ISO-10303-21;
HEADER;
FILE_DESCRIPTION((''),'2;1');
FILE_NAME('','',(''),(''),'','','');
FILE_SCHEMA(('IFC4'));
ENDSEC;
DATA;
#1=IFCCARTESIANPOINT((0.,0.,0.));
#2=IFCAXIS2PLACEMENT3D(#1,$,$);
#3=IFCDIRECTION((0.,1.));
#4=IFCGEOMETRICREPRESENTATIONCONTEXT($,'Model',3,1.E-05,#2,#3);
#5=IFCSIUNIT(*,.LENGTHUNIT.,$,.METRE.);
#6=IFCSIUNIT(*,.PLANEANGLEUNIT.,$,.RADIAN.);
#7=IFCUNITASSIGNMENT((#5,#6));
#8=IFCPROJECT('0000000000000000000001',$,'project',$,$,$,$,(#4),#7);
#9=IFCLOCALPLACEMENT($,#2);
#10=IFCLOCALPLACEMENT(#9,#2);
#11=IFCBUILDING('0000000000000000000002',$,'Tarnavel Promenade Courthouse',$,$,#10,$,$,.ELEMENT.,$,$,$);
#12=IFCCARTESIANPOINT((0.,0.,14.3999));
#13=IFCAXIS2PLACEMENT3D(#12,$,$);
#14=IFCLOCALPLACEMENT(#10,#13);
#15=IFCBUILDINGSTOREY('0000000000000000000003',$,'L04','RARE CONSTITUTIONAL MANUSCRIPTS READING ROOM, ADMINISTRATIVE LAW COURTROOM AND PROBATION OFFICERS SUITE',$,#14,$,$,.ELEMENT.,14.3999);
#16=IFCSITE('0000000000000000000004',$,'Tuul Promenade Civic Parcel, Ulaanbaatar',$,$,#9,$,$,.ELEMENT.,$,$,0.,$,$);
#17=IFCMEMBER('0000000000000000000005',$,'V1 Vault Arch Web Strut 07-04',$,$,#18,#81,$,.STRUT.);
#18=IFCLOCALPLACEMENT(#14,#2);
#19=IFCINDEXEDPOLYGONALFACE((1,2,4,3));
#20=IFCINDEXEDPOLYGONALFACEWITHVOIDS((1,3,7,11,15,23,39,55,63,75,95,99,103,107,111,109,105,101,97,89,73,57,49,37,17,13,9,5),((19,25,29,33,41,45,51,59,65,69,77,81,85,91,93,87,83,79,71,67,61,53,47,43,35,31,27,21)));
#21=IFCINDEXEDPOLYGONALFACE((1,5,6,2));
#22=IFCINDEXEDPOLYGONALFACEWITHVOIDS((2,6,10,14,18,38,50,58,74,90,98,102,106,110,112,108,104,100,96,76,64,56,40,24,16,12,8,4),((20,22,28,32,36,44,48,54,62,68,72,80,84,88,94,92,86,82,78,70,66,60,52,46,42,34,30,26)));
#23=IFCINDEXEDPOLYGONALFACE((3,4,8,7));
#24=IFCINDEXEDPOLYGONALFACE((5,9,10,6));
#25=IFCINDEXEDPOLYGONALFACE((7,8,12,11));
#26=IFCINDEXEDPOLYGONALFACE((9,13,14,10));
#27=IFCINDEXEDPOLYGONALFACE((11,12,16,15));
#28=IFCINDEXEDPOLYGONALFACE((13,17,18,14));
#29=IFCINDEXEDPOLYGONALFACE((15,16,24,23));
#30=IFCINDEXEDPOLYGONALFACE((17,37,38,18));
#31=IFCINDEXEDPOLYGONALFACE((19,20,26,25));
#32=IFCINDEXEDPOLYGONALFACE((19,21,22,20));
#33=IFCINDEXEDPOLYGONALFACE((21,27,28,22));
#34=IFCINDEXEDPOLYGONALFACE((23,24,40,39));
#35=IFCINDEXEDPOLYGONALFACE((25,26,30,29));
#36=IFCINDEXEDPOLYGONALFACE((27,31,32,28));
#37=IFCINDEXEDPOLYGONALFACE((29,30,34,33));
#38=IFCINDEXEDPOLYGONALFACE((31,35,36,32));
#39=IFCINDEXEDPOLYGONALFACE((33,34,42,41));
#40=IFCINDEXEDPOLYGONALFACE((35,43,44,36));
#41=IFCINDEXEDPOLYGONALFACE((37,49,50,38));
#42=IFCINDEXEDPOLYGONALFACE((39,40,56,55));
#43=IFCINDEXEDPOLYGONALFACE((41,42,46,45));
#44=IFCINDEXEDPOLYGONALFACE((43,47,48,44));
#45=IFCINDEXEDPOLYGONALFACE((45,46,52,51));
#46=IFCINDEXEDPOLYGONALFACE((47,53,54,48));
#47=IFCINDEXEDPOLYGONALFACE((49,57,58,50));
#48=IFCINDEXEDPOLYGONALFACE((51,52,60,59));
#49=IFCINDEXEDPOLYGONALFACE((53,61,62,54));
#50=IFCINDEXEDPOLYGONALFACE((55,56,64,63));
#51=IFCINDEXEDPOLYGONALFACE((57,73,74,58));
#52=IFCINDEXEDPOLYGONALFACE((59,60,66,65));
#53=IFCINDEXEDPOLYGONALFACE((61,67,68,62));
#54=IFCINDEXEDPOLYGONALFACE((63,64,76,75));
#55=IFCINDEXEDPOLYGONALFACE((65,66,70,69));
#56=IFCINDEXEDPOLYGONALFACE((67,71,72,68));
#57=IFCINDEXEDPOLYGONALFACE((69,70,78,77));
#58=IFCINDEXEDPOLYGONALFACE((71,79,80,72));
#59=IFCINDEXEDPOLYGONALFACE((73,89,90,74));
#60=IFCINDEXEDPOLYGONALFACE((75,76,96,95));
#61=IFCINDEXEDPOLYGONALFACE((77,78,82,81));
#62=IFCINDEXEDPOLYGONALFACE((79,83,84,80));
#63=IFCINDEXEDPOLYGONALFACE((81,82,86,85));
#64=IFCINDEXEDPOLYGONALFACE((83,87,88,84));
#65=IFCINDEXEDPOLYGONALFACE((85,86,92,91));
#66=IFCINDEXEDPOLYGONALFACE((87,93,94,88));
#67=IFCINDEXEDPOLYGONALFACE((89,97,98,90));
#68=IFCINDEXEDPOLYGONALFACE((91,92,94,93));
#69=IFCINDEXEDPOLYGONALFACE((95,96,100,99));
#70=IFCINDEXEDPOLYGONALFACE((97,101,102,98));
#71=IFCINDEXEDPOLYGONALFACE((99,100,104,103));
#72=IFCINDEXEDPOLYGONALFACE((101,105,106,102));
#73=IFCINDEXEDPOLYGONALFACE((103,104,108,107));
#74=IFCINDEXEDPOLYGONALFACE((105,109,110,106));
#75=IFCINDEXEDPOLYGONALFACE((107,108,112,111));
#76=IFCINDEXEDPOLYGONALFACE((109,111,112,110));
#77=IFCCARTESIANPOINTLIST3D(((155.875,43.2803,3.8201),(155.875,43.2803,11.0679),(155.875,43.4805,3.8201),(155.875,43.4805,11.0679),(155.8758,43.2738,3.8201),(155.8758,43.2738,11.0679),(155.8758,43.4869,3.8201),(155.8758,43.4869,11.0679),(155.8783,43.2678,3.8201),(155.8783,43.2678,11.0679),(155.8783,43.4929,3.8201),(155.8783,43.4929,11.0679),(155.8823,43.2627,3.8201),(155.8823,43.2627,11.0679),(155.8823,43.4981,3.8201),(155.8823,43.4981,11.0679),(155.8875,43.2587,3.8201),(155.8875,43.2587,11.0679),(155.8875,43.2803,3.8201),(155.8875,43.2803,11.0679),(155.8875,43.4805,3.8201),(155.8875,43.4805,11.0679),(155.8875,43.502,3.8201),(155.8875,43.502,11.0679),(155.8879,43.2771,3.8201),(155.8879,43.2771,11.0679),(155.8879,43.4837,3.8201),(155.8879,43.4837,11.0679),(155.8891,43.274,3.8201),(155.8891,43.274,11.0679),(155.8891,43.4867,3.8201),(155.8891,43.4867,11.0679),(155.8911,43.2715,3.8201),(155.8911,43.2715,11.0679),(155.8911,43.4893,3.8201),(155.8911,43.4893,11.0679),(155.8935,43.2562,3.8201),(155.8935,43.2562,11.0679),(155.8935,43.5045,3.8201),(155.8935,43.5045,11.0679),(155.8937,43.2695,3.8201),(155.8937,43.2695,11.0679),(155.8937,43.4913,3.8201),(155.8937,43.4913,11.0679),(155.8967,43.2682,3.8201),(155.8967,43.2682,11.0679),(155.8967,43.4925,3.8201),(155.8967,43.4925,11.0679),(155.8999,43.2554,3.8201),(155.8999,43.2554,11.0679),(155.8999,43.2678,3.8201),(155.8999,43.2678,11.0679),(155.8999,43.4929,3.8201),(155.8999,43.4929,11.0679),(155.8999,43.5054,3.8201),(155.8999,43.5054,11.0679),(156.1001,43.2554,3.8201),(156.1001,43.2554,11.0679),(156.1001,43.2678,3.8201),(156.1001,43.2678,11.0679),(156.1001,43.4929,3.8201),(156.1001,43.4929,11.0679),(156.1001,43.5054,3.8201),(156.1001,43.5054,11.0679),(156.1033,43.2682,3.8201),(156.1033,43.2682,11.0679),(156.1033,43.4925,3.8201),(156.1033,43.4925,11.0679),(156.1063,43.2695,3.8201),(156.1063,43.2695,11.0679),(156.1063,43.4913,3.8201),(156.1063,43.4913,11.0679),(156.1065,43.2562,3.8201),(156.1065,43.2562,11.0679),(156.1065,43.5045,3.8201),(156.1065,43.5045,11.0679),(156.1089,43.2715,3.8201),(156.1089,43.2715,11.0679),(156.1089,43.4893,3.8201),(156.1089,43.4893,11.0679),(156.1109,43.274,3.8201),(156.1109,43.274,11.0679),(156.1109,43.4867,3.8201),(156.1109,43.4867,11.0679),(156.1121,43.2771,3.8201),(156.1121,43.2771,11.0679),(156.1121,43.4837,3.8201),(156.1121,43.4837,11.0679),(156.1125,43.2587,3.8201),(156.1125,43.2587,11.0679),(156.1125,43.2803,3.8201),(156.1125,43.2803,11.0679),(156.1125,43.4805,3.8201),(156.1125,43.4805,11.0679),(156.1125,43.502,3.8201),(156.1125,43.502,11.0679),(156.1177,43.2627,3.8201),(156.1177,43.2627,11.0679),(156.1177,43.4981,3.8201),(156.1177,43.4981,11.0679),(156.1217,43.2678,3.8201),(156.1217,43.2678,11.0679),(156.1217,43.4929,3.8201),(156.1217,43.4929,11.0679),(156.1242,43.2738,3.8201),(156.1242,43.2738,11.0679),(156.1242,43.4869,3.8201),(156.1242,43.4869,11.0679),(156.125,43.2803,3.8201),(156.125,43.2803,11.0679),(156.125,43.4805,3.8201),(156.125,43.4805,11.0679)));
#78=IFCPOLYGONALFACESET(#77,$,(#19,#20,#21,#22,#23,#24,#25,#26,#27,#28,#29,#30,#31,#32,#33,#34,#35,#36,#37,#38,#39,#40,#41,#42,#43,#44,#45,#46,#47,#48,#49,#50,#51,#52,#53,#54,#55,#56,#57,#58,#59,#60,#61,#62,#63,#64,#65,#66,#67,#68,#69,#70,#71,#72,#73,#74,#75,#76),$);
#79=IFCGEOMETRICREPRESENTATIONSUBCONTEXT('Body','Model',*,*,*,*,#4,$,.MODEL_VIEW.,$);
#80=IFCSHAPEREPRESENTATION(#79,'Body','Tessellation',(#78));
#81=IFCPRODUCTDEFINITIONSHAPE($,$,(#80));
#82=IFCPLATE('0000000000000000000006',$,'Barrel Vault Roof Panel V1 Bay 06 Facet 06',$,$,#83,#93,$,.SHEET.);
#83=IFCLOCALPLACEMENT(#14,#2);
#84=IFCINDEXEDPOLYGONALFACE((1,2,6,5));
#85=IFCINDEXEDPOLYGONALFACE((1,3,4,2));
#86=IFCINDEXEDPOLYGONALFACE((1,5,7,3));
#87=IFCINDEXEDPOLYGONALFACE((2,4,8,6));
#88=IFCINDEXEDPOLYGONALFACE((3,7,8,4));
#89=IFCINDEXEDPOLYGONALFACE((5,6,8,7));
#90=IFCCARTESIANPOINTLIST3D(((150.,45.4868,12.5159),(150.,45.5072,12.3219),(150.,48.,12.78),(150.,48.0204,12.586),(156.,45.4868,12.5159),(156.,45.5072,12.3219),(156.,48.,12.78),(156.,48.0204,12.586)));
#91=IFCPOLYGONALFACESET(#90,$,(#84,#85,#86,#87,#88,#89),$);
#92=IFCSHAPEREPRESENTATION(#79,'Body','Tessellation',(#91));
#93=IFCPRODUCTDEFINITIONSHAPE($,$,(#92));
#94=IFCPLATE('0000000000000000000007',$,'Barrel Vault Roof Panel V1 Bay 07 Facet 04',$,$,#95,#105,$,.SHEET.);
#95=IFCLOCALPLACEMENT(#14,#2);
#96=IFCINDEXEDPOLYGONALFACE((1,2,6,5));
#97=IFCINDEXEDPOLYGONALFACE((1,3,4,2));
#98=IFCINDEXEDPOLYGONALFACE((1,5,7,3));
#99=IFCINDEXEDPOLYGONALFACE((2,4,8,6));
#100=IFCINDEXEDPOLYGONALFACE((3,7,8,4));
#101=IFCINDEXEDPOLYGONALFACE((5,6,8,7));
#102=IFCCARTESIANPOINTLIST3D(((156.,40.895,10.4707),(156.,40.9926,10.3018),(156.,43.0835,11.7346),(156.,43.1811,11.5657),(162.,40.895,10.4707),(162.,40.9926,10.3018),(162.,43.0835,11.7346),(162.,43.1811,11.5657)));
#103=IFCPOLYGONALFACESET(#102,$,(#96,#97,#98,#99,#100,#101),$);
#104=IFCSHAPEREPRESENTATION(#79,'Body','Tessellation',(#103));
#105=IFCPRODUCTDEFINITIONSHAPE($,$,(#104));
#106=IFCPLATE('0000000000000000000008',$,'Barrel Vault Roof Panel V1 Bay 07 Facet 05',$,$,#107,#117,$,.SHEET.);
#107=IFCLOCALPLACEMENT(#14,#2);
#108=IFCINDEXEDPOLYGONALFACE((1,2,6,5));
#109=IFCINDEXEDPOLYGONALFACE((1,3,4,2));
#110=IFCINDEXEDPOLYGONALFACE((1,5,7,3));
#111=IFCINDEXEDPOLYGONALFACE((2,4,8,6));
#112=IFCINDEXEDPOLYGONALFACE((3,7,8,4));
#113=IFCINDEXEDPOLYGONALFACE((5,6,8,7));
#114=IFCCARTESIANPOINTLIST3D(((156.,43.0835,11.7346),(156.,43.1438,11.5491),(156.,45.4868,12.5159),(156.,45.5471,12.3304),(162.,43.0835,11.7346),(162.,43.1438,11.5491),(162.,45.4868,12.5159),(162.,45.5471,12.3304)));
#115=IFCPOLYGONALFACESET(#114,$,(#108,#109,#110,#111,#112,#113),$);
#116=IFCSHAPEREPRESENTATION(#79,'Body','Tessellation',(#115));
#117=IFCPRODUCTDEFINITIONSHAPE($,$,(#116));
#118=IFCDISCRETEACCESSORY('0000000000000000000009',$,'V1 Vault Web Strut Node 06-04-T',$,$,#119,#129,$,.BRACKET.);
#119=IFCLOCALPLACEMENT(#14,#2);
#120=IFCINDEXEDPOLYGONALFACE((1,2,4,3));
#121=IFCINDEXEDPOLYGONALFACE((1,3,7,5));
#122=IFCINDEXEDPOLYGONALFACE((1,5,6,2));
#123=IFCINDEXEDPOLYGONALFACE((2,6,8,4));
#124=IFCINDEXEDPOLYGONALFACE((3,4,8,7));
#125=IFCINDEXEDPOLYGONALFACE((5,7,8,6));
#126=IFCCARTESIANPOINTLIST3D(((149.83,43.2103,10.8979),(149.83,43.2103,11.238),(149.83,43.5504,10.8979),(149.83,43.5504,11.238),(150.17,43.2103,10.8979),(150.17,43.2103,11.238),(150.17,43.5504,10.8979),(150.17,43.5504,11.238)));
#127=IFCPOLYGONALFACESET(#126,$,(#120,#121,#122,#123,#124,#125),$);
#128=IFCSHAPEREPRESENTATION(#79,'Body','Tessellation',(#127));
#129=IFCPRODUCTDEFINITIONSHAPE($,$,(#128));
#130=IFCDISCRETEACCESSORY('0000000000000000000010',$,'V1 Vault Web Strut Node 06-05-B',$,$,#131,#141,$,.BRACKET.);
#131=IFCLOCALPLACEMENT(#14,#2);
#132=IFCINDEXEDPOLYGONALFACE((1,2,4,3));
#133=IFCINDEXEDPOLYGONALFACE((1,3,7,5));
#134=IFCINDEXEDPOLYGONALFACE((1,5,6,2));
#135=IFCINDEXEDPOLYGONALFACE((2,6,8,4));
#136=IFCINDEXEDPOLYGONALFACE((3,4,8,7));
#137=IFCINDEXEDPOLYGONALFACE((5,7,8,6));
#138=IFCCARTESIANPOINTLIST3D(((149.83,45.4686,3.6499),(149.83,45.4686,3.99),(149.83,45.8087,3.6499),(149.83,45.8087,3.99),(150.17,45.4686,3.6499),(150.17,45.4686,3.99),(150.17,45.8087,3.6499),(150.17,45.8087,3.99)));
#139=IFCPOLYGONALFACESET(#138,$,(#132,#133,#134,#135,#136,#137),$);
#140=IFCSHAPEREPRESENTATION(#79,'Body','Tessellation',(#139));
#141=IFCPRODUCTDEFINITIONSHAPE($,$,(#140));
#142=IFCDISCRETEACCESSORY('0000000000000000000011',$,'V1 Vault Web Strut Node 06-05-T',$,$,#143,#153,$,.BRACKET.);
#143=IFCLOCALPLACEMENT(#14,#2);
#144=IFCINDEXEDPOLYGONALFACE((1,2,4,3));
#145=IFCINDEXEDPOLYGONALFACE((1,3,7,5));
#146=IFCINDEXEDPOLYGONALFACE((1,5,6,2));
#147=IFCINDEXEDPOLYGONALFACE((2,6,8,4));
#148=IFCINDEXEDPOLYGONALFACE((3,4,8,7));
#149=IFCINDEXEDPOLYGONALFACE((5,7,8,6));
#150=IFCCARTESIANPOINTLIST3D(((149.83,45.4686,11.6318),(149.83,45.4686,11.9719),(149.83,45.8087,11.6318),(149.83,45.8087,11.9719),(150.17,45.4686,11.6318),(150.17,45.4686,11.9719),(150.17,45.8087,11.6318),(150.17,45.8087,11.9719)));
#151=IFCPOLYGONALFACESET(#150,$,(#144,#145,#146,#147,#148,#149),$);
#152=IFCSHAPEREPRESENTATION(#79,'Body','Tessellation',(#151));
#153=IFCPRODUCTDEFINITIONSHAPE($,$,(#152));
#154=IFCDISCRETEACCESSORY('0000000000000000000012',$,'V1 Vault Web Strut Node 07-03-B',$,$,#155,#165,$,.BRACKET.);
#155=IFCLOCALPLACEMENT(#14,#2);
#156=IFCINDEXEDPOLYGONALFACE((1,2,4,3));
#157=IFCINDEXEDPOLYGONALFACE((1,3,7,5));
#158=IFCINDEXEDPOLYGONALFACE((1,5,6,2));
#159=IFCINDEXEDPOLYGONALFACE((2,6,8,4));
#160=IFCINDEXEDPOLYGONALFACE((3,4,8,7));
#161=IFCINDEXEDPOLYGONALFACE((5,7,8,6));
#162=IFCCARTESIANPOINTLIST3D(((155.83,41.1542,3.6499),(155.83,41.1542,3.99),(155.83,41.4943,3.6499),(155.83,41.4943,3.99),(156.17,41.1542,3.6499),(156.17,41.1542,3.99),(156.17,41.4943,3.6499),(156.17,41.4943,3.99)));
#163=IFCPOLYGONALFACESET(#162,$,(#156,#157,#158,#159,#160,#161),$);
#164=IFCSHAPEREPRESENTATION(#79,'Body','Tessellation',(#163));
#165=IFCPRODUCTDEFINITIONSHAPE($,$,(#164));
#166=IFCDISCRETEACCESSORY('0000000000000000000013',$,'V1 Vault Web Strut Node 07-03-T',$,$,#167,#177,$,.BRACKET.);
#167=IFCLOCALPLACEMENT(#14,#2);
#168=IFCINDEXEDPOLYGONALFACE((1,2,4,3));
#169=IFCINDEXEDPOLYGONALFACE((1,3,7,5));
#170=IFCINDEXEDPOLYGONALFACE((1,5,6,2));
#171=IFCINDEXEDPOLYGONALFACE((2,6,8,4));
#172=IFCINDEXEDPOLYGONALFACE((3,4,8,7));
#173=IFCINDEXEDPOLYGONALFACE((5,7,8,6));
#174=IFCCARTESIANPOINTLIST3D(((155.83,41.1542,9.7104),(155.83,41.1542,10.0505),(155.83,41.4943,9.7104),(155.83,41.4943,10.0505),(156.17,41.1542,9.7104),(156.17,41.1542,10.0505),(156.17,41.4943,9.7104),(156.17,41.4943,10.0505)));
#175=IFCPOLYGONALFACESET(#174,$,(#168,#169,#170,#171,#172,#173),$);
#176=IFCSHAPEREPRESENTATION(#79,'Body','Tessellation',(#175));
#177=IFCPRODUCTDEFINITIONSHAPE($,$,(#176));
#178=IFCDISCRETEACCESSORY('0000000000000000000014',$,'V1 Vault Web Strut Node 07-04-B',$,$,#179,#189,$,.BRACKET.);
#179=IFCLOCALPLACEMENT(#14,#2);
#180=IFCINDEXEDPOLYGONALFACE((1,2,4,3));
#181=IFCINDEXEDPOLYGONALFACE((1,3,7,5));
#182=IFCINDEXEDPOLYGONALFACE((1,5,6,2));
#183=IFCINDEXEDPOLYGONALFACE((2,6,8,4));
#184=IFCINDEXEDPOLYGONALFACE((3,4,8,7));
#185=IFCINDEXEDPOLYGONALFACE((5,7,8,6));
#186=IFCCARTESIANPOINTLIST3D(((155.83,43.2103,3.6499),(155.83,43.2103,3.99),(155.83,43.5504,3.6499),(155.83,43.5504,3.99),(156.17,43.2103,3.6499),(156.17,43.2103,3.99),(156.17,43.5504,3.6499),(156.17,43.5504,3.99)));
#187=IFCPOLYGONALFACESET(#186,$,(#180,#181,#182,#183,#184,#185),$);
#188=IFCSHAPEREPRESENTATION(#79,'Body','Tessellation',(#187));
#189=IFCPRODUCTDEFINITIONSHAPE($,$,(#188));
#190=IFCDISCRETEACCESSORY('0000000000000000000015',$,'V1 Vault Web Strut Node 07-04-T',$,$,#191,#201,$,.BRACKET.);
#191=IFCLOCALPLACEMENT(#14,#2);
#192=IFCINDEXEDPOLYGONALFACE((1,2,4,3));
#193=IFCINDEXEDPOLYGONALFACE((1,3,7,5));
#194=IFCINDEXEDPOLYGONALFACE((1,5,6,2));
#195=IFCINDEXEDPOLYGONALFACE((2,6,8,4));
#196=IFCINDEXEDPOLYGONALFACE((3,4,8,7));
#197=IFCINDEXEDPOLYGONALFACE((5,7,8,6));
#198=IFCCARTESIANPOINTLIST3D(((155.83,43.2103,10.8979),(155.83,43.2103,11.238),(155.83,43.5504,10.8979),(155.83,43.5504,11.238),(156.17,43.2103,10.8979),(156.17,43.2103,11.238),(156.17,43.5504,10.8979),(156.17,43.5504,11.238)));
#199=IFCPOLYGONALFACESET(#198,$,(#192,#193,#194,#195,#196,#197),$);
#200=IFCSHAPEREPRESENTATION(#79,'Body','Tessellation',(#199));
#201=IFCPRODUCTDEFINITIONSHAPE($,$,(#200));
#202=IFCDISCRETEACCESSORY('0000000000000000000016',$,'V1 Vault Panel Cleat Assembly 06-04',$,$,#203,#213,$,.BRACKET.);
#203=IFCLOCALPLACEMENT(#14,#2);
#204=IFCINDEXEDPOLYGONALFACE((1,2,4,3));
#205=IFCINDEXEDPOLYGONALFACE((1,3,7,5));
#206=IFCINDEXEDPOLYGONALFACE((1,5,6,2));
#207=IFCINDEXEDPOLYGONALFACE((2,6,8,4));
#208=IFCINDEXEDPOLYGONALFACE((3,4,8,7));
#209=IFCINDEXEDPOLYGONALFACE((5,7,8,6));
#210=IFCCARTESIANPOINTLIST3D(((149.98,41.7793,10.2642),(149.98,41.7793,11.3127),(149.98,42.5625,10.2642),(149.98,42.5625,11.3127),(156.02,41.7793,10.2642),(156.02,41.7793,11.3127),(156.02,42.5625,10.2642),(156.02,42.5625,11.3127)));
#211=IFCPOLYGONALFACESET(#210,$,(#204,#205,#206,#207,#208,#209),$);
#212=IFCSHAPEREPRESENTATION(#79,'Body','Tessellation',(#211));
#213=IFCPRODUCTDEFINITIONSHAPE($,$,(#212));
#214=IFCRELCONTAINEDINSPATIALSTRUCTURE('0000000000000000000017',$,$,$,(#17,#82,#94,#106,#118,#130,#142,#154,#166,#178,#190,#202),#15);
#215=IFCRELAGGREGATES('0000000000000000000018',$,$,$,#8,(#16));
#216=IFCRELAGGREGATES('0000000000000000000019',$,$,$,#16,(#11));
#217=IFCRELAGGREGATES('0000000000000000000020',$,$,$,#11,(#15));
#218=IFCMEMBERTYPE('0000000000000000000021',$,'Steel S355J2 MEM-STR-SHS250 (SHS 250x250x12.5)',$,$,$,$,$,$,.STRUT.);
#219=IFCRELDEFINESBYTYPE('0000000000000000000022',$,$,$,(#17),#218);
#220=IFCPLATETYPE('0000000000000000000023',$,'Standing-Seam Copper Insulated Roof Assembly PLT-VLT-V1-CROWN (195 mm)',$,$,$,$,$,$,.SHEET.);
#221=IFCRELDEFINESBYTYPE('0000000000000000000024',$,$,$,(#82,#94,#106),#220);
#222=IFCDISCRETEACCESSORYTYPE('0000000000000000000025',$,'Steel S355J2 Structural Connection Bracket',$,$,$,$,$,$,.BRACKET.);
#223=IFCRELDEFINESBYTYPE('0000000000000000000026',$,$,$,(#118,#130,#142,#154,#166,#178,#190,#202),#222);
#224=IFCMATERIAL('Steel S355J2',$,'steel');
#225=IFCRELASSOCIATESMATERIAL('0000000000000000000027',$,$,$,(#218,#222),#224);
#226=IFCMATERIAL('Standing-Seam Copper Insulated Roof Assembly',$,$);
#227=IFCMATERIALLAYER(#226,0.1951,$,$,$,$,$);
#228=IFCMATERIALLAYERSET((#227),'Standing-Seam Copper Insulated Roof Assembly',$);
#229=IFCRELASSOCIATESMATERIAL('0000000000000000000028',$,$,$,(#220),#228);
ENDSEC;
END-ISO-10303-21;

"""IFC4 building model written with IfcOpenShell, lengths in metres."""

from ifc_helpers import new_model, si_unit, direction, frame, origin, origin_2d, place, context, subcontext, project, spatial, polyline, rectangle, hollow_rectangle, outline, extrude, material, layer, layer_set, material_profile, profile_set, type_object, element, save


model = new_model("IFC4")

# Units and contexts
model_context = context("Model", 3, precision=1e-05, world=origin(), true_north=direction((0.0, 1.0)))
body_context = subcontext(model_context, "Body", "Model", "MODEL_VIEW")
ifc_project = project(units=[si_unit("LENGTHUNIT", "METRE"), si_unit("PLANEANGLEUNIT", "RADIAN")], contexts=[model_context])

# Site, building, storey
site_placement = place(None, origin())
site = spatial("IfcSite", under=ifc_project, at=site_placement, Name="Tuul Promenade Civic Parcel, Ulaanbaatar", CompositionType="ELEMENT", RefElevation=0.0)
building_placement = place(site_placement, origin())
building = spatial("IfcBuilding", under=site, at=building_placement, Name="Tarnavel Promenade Courthouse", CompositionType="ELEMENT")
storey_placement = place(building_placement, frame((0.0, 0.0, 14.3999)))
storey = spatial("IfcBuildingStorey", under=building, at=storey_placement, Name="L04", Description="RARE CONSTITUTIONAL MANUSCRIPTS READING ROOM, ADMINISTRATIVE LAW COURTROOM AND PROBATION OFFICERS SUITE", CompositionType="ELEMENT", Elevation=14.3999)

# Shared definitions
ifc_material_1 = material(Name="Steel S355J2", Category="steel")

# Member
ifc_material_profile_1 = material_profile(ifc_material_1, hollow_rectangle(XDim=0.25, YDim=0.25, WallThickness=0.0125, InnerFilletRadius=0.0125, OuterFilletRadius=0.0249, at=origin_2d()), Name="SHS 250x250x12.5")
ifc_profile_set_1 = profile_set([ifc_material_profile_1], Name="Steel S355J2")
member_type_1 = type_object("IfcMemberType", Name="Steel S355J2 MEM-STR-SHS250 (SHS 250x250x12.5)", PredefinedType="STRUT", material=ifc_profile_set_1)
member_1_placement = place(storey_placement, frame((156.0, 43.3804, 3.8201), z_axis=(0.0, 0.0, 1.0), x_axis=(1.0, 0.0, 0.0)))
element("IfcMember", 1, at=member_1_placement, inside=storey, type_object=member_type_1, Name="V1 Vault Arch Web Strut 07-04", PredefinedType="STRUT", context=body_context, shape_type="SweptSolid", body=[
    extrude(hollow_rectangle(XDim=0.25, YDim=0.25, WallThickness=0.0125, InnerFilletRadius=0.0125, OuterFilletRadius=0.0249, at=origin_2d()), origin(), (0.0, 0.0, 1.0), 7.2478),
])

# Plates
ifc_material_2 = material(Name="Standing-Seam Copper Insulated Roof Assembly")
ifc_layer = layer(ifc_material_2, 0.1951)
ifc_layer_set = layer_set([ifc_layer], Name="Standing-Seam Copper Insulated Roof Assembly")
plate_type = type_object("IfcPlateType", Name="Standing-Seam Copper Insulated Roof Assembly PLT-VLT-V1-CROWN (195 mm)", PredefinedType="SHEET", material=ifc_layer_set)
plate_1_placement = place(storey_placement, frame((150.0, 45.4868, 12.5159), z_axis=(0.0, -0.104534, 0.994521), x_axis=(1.0, 0.0, 0.0)))
element("IfcPlate", 2, at=plate_1_placement, inside=storey, type_object=plate_type, Name="Barrel Vault Roof Panel V1 Bay 06 Facet 06", PredefinedType="SHEET", context=body_context, shape_type="SweptSolid", body=[
    extrude(outline(polyline([(0.0, 0.0), (6.0, 0.0), (6.0, 2.527), (0.0, 2.527), (0.0, 0.0)])), origin(), (0.0, 0.0, -1.0), 0.1951),
])
plate_2_placement = place(storey_placement, frame((156.0, 40.895, 10.4707), z_axis=(0.0, -0.500118, 0.865957), x_axis=(1.0, 0.0, 0.0)))
element("IfcPlate", 3, at=plate_2_placement, inside=storey, type_object=plate_type, Name="Barrel Vault Roof Panel V1 Bay 07 Facet 04", PredefinedType="SHEET", context=body_context, shape_type="SweptSolid", body=[
    extrude(outline(polyline([(0.0, 0.0), (6.0, 0.0), (6.0, 2.5272), (0.0, 2.5272), (0.0, 0.0)])), origin(), (0.0, 0.0, -1.0), 0.1951),
])
plate_3_placement = place(storey_placement, frame((156.0, 43.0835, 11.7346), z_axis=(0.0, -0.309147, 0.951014), x_axis=(1.0, 0.0, 0.0)))
element("IfcPlate", 4, at=plate_3_placement, inside=storey, type_object=plate_type, Name="Barrel Vault Roof Panel V1 Bay 07 Facet 05", PredefinedType="SHEET", context=body_context, shape_type="SweptSolid", body=[
    extrude(outline(polyline([(0.0, 0.0), (6.0, 0.0), (6.0, 2.5271), (0.0, 2.5271), (0.0, 0.0)])), origin(), (0.0, 0.0, -1.0), 0.1951),
])

# Discrete accessories
discrete_accessory_type = type_object("IfcDiscreteAccessoryType", Name="Steel S355J2 Structural Connection Bracket", PredefinedType="BRACKET", material=ifc_material_1)
for number, where, z_axis, x_axis, name in (
    (5, (150.0, 43.3804, 10.8979), (0.0, 0.0, 1.0), (1.0, 0.0, 0.0), "V1 Vault Web Strut Node 06-04-T"),
    (6, (150.0, 45.6387, 3.6499), (0.0, 0.0, 1.0), (1.0, 0.0, 0.0), "V1 Vault Web Strut Node 06-05-B"),
    (7, (150.0, 45.6387, 11.6318), (0.0, 0.0, 1.0), (1.0, 0.0, 0.0), "V1 Vault Web Strut Node 06-05-T"),
    (8, (156.0, 41.3242, 3.6499), (0.0, 0.0, 1.0), (1.0, 0.0, 0.0), "V1 Vault Web Strut Node 07-03-B"),
    (9, (156.0, 41.3242, 9.7104), (0.0, 0.0, 1.0), (1.0, 0.0, 0.0), "V1 Vault Web Strut Node 07-03-T"),
    (10, (156.0, 43.3804, 3.6499), (0.0, 0.0, 1.0), (1.0, 0.0, 0.0), "V1 Vault Web Strut Node 07-04-B"),
    (11, (156.0, 43.3804, 10.8979), (0.0, 0.0, 1.0), (1.0, 0.0, 0.0), "V1 Vault Web Strut Node 07-04-T"),
):
    element("IfcDiscreteAccessory", number, at=place(storey_placement, frame(where, z_axis=z_axis, x_axis=x_axis)), inside=storey, type_object=discrete_accessory_type, Name=name, PredefinedType="BRACKET", context=body_context, shape_type="SweptSolid", body=[
        extrude(rectangle(XDim=0.3401, YDim=0.3401, at=origin_2d()), origin(), (0.0, 0.0, 1.0), 0.3401),
    ])
discrete_accessory_1_placement = place(storey_placement, frame((153.0, 42.1709, 10.2642), z_axis=(0.0, 0.0, 1.0), x_axis=(1.0, 0.0, 0.0)))
element("IfcDiscreteAccessory", 12, at=discrete_accessory_1_placement, inside=storey, type_object=discrete_accessory_type, Name="V1 Vault Panel Cleat Assembly 06-04", PredefinedType="BRACKET", context=body_context, shape_type="SweptSolid", body=[
    extrude(rectangle(XDim=6.04, YDim=0.7832, at=origin_2d()), origin(), (0.0, 0.0, 1.0), 1.0486),
])

save(model, "model.ifc")
